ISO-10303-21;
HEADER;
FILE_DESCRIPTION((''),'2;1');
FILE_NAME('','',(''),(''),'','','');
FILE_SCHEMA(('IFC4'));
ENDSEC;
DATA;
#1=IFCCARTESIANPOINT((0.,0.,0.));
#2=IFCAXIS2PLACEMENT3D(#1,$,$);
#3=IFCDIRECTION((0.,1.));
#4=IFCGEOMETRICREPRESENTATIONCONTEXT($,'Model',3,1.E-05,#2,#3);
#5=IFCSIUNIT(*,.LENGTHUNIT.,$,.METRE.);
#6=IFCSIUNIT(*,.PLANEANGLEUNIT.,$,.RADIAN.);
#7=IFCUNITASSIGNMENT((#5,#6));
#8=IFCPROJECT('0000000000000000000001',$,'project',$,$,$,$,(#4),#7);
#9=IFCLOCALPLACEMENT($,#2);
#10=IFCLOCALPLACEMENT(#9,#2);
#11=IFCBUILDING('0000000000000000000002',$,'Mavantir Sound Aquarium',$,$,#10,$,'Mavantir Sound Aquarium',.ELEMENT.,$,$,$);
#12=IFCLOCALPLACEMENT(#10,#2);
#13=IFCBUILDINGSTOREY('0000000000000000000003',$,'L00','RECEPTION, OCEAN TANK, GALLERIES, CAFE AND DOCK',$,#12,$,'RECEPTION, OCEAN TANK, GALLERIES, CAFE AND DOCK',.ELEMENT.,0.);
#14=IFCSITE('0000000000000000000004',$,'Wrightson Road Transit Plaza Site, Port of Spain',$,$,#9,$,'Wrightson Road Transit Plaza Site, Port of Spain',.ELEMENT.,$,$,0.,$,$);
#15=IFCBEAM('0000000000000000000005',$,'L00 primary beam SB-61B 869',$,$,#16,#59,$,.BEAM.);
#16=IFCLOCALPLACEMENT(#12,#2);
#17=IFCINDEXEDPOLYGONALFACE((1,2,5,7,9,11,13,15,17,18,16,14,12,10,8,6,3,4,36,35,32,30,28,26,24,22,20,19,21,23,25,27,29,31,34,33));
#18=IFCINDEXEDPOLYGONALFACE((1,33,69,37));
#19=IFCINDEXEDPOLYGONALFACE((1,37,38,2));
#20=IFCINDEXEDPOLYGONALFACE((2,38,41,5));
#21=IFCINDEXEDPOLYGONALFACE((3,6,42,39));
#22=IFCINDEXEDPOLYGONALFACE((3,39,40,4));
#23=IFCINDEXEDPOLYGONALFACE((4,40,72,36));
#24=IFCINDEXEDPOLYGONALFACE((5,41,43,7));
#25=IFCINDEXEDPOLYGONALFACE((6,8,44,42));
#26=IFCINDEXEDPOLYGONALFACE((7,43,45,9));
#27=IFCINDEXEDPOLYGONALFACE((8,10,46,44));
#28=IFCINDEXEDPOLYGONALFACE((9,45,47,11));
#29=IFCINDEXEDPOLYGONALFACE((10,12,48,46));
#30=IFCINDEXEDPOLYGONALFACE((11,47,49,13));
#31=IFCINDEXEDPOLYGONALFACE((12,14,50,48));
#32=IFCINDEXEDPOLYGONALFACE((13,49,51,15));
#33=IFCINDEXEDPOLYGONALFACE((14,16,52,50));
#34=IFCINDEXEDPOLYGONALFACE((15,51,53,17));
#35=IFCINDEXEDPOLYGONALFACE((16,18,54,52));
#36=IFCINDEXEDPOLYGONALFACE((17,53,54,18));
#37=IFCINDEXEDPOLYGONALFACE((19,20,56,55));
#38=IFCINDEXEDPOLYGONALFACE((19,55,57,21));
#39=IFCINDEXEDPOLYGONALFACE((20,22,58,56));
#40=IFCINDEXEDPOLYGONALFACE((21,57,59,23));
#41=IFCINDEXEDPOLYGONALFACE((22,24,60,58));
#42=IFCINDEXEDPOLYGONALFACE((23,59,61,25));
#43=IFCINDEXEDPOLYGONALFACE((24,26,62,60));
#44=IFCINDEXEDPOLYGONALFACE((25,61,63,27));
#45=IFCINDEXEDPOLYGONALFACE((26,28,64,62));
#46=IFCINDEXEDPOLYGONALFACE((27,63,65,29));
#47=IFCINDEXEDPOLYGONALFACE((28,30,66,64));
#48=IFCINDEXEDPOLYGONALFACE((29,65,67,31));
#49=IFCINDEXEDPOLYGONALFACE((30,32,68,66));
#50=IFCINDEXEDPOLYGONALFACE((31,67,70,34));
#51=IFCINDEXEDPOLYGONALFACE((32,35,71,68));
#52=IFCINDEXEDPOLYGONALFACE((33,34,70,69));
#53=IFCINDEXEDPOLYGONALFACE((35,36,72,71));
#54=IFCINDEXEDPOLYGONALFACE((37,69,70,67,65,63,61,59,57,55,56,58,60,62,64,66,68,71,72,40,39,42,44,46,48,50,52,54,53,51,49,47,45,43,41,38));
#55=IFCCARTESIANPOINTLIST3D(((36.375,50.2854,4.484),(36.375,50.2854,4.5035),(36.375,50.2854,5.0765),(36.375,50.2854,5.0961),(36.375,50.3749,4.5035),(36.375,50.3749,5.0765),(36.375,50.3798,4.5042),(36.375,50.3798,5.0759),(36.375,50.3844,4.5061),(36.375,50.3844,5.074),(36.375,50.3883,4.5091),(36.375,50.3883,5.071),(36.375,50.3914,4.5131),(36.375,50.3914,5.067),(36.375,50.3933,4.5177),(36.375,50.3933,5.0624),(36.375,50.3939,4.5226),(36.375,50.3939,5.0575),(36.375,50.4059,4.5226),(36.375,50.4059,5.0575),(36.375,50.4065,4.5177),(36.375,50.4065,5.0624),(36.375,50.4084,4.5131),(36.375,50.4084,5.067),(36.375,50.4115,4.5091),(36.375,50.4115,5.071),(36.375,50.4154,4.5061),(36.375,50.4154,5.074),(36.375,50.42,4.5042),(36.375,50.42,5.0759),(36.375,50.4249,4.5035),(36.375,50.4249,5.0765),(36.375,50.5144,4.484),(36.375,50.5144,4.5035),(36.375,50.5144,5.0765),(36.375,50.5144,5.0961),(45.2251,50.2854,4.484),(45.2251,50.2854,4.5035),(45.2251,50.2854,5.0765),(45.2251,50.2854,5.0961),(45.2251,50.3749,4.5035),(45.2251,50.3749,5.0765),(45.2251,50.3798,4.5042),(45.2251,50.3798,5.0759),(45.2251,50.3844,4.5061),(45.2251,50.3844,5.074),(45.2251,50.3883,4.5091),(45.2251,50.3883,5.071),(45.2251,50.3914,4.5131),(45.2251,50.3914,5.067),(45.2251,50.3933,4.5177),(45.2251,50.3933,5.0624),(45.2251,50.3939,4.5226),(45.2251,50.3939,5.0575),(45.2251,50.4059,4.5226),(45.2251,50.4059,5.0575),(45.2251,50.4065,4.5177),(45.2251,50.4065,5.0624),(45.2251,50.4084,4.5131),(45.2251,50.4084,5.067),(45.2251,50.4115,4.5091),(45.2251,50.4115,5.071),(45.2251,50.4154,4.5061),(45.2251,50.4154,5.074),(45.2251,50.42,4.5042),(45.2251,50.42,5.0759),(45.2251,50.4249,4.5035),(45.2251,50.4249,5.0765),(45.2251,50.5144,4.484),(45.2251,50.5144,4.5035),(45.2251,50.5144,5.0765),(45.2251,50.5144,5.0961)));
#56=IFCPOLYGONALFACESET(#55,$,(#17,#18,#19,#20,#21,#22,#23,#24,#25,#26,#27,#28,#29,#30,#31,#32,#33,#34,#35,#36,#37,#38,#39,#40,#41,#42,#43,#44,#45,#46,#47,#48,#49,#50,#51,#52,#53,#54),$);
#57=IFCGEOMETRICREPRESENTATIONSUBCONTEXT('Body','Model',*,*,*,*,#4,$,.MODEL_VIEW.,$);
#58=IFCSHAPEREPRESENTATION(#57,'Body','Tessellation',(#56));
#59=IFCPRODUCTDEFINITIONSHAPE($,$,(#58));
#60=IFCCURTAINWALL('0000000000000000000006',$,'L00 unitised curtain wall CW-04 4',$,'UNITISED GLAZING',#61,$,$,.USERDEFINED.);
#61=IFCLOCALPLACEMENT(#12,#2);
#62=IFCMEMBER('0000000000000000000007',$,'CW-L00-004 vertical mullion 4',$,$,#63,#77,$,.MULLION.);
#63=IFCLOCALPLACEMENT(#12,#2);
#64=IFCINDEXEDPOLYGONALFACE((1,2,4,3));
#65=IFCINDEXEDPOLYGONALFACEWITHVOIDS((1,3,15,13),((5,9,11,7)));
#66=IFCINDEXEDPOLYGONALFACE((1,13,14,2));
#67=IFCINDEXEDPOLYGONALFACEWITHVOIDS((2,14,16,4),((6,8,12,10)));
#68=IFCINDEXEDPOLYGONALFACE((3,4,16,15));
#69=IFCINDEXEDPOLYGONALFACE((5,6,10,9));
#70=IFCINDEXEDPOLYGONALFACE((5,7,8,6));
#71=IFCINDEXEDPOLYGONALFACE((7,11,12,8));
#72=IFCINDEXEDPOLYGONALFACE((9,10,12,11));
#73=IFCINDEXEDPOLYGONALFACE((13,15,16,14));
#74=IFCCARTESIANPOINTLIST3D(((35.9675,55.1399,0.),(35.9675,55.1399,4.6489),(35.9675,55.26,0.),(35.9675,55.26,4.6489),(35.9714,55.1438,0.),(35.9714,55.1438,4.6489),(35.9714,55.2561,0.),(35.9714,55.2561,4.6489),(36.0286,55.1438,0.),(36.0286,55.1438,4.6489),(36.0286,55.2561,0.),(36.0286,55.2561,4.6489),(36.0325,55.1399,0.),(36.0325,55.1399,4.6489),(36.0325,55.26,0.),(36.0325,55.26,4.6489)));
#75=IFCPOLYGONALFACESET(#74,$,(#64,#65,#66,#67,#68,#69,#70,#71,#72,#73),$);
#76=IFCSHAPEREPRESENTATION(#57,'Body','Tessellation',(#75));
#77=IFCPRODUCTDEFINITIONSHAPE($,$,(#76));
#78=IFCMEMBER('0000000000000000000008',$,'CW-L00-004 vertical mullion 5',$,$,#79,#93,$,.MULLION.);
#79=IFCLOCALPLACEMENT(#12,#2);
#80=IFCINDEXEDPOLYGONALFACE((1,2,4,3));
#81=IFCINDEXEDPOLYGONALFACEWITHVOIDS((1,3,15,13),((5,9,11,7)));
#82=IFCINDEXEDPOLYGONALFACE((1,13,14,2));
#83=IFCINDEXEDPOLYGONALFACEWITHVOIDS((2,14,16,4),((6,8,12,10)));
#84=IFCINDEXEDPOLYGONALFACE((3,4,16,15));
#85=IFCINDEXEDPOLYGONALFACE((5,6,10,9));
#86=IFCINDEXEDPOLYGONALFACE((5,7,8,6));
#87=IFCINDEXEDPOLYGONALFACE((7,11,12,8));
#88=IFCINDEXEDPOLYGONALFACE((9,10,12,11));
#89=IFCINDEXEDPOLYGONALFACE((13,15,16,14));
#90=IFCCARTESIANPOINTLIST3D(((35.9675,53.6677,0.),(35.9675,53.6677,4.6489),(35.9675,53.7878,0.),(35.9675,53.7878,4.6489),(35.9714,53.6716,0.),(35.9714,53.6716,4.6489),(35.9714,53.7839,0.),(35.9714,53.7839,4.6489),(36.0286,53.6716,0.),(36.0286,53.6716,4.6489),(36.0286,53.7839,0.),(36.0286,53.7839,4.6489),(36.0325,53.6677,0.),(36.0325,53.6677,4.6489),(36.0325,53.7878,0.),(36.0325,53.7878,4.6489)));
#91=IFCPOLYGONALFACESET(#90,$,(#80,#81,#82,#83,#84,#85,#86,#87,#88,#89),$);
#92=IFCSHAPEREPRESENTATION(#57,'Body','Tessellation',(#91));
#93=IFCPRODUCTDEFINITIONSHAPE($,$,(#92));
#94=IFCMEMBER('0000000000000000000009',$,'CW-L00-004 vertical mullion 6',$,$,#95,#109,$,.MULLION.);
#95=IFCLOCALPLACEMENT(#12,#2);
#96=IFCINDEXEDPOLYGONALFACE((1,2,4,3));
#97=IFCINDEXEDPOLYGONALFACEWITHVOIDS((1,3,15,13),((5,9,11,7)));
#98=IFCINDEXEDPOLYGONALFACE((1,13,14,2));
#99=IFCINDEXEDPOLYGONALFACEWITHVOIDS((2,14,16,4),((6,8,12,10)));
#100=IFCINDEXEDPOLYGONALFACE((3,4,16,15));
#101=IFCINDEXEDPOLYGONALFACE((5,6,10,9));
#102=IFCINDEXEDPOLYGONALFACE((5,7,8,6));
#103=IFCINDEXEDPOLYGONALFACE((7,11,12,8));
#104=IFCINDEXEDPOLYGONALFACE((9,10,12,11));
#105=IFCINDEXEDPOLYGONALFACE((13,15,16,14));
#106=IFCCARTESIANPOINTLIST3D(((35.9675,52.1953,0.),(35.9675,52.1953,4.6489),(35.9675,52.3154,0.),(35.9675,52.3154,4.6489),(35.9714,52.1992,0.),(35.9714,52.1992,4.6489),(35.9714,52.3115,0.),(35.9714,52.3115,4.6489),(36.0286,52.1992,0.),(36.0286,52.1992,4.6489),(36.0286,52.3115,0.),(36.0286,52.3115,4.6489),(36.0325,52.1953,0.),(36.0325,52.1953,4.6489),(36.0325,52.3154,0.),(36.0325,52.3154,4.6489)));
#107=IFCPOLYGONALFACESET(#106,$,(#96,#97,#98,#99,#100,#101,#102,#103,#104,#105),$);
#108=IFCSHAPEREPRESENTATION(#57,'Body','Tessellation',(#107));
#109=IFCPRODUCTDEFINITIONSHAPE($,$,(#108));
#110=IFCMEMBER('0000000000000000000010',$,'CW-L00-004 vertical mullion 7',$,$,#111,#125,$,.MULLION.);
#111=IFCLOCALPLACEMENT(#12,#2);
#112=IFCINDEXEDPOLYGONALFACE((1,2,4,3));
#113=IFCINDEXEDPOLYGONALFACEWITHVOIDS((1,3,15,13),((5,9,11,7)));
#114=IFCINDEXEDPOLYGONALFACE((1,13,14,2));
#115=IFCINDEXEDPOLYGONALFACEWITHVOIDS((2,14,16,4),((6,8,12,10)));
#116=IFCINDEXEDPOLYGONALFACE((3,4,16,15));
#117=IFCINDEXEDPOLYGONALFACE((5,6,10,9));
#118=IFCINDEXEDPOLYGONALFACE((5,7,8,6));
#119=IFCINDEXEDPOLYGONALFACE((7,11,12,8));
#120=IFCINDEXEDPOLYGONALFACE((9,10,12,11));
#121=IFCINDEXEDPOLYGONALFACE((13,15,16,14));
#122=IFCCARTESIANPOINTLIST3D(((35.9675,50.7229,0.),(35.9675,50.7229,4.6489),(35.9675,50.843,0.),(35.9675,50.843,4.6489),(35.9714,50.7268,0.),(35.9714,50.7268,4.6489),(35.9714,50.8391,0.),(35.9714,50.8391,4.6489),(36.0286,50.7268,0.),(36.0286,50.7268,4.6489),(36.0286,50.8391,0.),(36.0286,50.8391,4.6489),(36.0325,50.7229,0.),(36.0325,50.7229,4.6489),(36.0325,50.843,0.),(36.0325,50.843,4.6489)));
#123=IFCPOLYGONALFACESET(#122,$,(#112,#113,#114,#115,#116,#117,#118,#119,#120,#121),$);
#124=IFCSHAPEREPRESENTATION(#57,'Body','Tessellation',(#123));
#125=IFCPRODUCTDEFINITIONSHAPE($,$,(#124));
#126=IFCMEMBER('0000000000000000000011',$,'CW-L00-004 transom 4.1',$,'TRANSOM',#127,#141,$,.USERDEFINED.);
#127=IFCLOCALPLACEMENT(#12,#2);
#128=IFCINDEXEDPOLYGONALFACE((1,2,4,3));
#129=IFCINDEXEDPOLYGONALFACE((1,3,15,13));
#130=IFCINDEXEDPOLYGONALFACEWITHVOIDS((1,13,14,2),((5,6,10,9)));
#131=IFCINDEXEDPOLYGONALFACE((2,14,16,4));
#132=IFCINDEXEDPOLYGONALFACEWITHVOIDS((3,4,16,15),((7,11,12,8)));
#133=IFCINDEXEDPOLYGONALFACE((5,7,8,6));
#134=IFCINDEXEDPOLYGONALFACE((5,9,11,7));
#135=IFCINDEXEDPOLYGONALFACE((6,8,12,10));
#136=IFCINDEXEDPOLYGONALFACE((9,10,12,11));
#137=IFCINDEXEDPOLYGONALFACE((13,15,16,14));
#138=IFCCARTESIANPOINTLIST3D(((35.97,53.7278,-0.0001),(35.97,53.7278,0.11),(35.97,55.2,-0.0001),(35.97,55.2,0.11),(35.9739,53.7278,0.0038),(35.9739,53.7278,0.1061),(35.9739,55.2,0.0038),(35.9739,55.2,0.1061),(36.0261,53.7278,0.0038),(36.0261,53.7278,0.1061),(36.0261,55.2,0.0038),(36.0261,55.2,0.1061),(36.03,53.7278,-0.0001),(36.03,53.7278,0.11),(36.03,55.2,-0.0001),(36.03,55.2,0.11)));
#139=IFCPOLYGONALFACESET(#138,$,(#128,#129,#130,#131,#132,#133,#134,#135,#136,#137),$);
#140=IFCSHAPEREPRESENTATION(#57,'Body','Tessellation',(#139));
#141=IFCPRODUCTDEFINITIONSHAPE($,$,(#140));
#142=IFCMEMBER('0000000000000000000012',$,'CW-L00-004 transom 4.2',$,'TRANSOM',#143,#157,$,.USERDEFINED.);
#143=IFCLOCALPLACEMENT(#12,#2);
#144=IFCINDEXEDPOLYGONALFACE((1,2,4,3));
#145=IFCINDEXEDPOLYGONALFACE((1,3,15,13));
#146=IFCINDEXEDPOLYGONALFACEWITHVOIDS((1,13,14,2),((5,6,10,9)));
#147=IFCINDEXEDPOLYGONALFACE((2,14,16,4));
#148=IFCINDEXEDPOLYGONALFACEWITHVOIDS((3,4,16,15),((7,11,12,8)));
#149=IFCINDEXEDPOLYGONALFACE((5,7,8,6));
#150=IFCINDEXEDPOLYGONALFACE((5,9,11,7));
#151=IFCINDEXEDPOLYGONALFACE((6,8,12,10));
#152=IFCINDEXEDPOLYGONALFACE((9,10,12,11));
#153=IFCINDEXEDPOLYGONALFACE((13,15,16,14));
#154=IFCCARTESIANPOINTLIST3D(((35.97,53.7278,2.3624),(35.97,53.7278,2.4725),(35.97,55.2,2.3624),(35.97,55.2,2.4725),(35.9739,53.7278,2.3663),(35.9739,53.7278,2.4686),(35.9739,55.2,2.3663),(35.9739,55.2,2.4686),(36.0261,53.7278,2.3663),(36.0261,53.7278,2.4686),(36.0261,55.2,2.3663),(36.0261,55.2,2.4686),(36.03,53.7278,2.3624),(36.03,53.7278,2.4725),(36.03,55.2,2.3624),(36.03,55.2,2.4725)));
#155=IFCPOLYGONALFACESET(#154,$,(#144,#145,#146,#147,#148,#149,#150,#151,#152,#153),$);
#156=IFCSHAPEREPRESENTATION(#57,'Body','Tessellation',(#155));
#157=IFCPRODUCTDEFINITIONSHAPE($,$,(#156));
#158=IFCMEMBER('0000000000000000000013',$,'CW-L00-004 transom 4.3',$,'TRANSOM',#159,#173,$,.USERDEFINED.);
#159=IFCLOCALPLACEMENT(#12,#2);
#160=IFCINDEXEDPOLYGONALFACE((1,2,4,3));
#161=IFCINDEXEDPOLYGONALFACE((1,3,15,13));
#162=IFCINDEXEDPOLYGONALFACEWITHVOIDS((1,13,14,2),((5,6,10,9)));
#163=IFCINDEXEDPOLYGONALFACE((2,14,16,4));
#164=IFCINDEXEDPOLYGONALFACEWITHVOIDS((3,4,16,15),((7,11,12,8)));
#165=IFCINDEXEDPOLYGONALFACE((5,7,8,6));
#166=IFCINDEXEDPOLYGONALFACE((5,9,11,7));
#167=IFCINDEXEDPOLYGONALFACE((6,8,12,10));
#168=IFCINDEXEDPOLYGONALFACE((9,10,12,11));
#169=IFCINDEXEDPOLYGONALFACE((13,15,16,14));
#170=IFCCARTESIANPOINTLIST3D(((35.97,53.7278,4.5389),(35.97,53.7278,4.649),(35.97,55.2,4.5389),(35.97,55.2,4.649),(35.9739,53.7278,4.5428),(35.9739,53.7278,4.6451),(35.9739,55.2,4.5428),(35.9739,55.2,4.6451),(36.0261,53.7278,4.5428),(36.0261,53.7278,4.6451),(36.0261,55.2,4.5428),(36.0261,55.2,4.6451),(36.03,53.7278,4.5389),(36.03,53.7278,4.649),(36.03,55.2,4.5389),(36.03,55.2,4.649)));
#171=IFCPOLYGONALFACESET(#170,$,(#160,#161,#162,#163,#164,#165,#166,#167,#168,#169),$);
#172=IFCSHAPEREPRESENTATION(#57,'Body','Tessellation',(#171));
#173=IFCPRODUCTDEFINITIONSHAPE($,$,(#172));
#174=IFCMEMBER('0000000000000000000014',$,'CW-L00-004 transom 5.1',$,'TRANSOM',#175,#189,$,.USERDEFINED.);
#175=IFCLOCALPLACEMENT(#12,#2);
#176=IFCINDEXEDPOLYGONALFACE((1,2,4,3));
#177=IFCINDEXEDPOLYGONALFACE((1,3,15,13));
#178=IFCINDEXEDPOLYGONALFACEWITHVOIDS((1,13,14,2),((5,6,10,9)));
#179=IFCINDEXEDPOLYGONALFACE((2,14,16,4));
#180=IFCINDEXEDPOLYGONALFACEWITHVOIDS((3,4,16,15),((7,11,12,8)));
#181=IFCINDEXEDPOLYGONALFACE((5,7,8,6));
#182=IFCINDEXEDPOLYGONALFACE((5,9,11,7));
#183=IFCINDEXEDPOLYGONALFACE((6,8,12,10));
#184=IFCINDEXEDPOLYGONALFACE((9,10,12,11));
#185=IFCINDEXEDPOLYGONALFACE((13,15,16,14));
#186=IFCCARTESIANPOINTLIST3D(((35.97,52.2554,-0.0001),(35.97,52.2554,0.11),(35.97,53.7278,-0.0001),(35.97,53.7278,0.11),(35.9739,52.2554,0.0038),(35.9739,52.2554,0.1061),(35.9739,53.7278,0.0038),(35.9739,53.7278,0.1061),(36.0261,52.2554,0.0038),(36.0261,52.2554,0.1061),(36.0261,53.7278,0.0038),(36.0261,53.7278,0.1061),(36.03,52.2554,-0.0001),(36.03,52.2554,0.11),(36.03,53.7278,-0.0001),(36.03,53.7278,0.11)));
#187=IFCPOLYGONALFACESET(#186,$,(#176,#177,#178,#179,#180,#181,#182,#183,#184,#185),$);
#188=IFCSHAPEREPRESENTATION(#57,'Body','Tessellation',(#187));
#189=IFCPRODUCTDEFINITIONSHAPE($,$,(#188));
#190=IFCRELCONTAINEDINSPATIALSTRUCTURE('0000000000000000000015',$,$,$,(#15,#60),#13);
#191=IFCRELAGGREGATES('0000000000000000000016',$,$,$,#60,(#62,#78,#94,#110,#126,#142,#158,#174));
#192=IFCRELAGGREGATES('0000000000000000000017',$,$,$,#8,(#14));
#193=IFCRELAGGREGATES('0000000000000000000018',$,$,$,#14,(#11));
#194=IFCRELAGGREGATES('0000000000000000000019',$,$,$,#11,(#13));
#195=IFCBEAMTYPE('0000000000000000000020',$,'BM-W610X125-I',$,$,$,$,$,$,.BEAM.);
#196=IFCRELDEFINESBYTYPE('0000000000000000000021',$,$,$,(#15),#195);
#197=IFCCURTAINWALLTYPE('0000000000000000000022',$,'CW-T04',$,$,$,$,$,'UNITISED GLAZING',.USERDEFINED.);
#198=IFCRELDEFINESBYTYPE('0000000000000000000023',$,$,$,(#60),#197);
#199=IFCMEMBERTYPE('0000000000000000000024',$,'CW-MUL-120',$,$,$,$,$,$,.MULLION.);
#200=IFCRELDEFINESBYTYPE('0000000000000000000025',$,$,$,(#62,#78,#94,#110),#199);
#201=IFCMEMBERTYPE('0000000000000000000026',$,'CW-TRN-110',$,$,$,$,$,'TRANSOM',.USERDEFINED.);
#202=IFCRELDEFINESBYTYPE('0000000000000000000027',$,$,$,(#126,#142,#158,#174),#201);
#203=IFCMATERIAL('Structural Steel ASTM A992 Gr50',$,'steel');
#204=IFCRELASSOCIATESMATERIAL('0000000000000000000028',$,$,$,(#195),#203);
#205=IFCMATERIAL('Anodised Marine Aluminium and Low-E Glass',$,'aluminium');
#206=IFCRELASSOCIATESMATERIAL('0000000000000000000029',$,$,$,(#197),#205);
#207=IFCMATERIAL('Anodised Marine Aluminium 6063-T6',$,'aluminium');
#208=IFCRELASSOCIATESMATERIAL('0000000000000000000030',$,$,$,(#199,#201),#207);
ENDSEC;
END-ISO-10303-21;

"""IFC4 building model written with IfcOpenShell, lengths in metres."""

from ifc_helpers import new_model, si_unit, direction, frame, origin, origin_2d, place, context, subcontext, project, spatial, hollow_rectangle, i_section, extrude, material, material_profile, profile_set, type_object, element, aggregate, save


model = new_model("IFC4")

# Units and contexts
model_context = context("Model", 3, precision=1e-05, world=origin(), true_north=direction((0.0, 1.0)))
body_context = subcontext(model_context, "Body", "Model", "MODEL_VIEW")
ifc_project = project(units=[si_unit("LENGTHUNIT", "METRE"), si_unit("PLANEANGLEUNIT", "RADIAN")], contexts=[model_context])

# Site, building, storey
site_placement = place(None, origin())
site = spatial("IfcSite", under=ifc_project, at=site_placement, Name="Wrightson Road Transit Plaza Site, Port of Spain", LongName="Wrightson Road Transit Plaza Site, Port of Spain", CompositionType="ELEMENT", RefElevation=0.0)
building_placement = place(site_placement, origin())
building = spatial("IfcBuilding", under=site, at=building_placement, Name="Mavantir Sound Aquarium", LongName="Mavantir Sound Aquarium", CompositionType="ELEMENT")
storey_placement = place(building_placement, origin())
storey = spatial("IfcBuildingStorey", under=building, at=storey_placement, Name="L00", Description="RECEPTION, OCEAN TANK, GALLERIES, CAFE AND DOCK", LongName="RECEPTION, OCEAN TANK, GALLERIES, CAFE AND DOCK", CompositionType="ELEMENT", Elevation=0.0)

# Beam
ifc_material_1 = material(Name="Structural Steel ASTM A992 Gr50", Category="steel")
ifc_material_profile_1 = material_profile(ifc_material_1, i_section(OverallWidth=0.229, OverallDepth=0.6121, WebThickness=0.012, FlangeThickness=0.0195, FilletRadius=0.019, at=origin_2d()), Name="W610X125")
ifc_profile_set_1 = profile_set([ifc_material_profile_1], Name="Structural Steel ASTM A992 Gr50")
beam_type_1 = type_object("IfcBeamType", Name="BM-W610X125-I", PredefinedType="BEAM", material=ifc_profile_set_1)
beam_1_placement = place(storey_placement, frame((36.375, 50.3999, 4.79), z_axis=(1.0, 0.0, 0.0), x_axis=(0.0, 1.0, 0.0)))
element("IfcBeam", 1, at=beam_1_placement, inside=storey, type_object=beam_type_1, Name="L00 primary beam SB-61B 869", PredefinedType="BEAM", context=body_context, shape_type="SweptSolid", body=[
    extrude(i_section(OverallWidth=0.229, OverallDepth=0.6121, WebThickness=0.012, FlangeThickness=0.0195, FilletRadius=0.019, at=origin_2d()), origin(), (0.0, 0.0, 1.0), 8.8501),
])

# Curtain wall, members
ifc_material_2 = material(Name="Anodised Marine Aluminium and Low-E Glass", Category="aluminium")
curtain_wall_type = type_object("IfcCurtainWallType", Name="CW-T04", ElementType="UNITISED GLAZING", PredefinedType="USERDEFINED", material=ifc_material_2)
curtain_wall_placement = place(storey_placement, origin())
curtain_wall = element("IfcCurtainWall", 2, at=curtain_wall_placement, inside=storey, type_object=curtain_wall_type, Name="L00 unitised curtain wall CW-04 4", ObjectType="UNITISED GLAZING", PredefinedType="USERDEFINED")
ifc_material_3 = material(Name="Anodised Marine Aluminium 6063-T6", Category="aluminium")
ifc_material_profile_2 = material_profile(ifc_material_3, hollow_rectangle(XDim=0.0649, YDim=0.1201, WallThickness=0.0039, at=origin_2d()), Name="ALU-MULLION-120X65")
ifc_profile_set_2 = profile_set([ifc_material_profile_2], Name="Anodised Marine Aluminium 6063-T6")
member_type_1 = type_object("IfcMemberType", Name="CW-MUL-120", PredefinedType="MULLION", material=ifc_profile_set_2)
member_1_placement = place(storey_placement, frame((36.0, 55.2, 0.0), z_axis=(0.0, 0.0, 1.0), x_axis=(1.0, 0.0, 0.0)))
member_1 = element("IfcMember", 3, at=member_1_placement, type_object=member_type_1, Name="CW-L00-004 vertical mullion 4", PredefinedType="MULLION", context=body_context, shape_type="SweptSolid", body=[
    extrude(hollow_rectangle(XDim=0.0649, YDim=0.1201, WallThickness=0.0039, at=origin_2d()), origin(), (0.0, 0.0, 1.0), 4.6489),
])
member_2_placement = place(storey_placement, frame((36.0, 53.7278, 0.0), z_axis=(0.0, 0.0, 1.0), x_axis=(1.0, 0.0, 0.0)))
member_2 = element("IfcMember", 4, at=member_2_placement, type_object=member_type_1, Name="CW-L00-004 vertical mullion 5", PredefinedType="MULLION", context=body_context, shape_type="SweptSolid", body=[
    extrude(hollow_rectangle(XDim=0.0649, YDim=0.1201, WallThickness=0.0039, at=origin_2d()), origin(), (0.0, 0.0, 1.0), 4.6489),
])
member_3_placement = place(storey_placement, frame((36.0, 52.2554, 0.0), z_axis=(0.0, 0.0, 1.0), x_axis=(1.0, 0.0, 0.0)))
member_3 = element("IfcMember", 5, at=member_3_placement, type_object=member_type_1, Name="CW-L00-004 vertical mullion 6", PredefinedType="MULLION", context=body_context, shape_type="SweptSolid", body=[
    extrude(hollow_rectangle(XDim=0.0649, YDim=0.1201, WallThickness=0.0039, at=origin_2d()), origin(), (0.0, 0.0, 1.0), 4.6489),
])
member_4_placement = place(storey_placement, frame((36.0, 50.783, 0.0), z_axis=(0.0, 0.0, 1.0), x_axis=(1.0, 0.0, 0.0)))
member_4 = element("IfcMember", 6, at=member_4_placement, type_object=member_type_1, Name="CW-L00-004 vertical mullion 7", PredefinedType="MULLION", context=body_context, shape_type="SweptSolid", body=[
    extrude(hollow_rectangle(XDim=0.0649, YDim=0.1201, WallThickness=0.0039, at=origin_2d()), origin(), (0.0, 0.0, 1.0), 4.6489),
])
ifc_material_profile_3 = material_profile(ifc_material_3, hollow_rectangle(XDim=0.0601, YDim=0.1101, WallThickness=0.0039, at=origin_2d()), Name="ALU-TRANSOM-110X60")
ifc_profile_set_3 = profile_set([ifc_material_profile_3], Name="Anodised Marine Aluminium 6063-T6")
member_type_2 = type_object("IfcMemberType", Name="CW-TRN-110", ElementType="TRANSOM", PredefinedType="USERDEFINED", material=ifc_profile_set_3)
member_5_placement = place(storey_placement, frame((36.0, 55.2, 0.0549), z_axis=(0.0, -1.0, 0.0), x_axis=(1.0, 0.0, 0.0)))
member_5 = element("IfcMember", 7, at=member_5_placement, type_object=member_type_2, Name="CW-L00-004 transom 4.1", ObjectType="TRANSOM", PredefinedType="USERDEFINED", context=body_context, shape_type="SweptSolid", body=[
    extrude(hollow_rectangle(XDim=0.0601, YDim=0.1101, WallThickness=0.0039, at=origin_2d()), origin(), (0.0, 0.0, 1.0), 1.4722),
])
member_6_placement = place(storey_placement, frame((36.0, 55.2, 2.4175), z_axis=(0.0, -1.0, 0.0), x_axis=(1.0, 0.0, 0.0)))
member_6 = element("IfcMember", 8, at=member_6_placement, type_object=member_type_2, Name="CW-L00-004 transom 4.2", ObjectType="TRANSOM", PredefinedType="USERDEFINED", context=body_context, shape_type="SweptSolid", body=[
    extrude(hollow_rectangle(XDim=0.0601, YDim=0.1101, WallThickness=0.0039, at=origin_2d()), origin(), (0.0, 0.0, 1.0), 1.4722),
])
member_7_placement = place(storey_placement, frame((36.0, 55.2, 4.594), z_axis=(0.0, -1.0, 0.0), x_axis=(1.0, 0.0, 0.0)))
member_7 = element("IfcMember", 9, at=member_7_placement, type_object=member_type_2, Name="CW-L00-004 transom 4.3", ObjectType="TRANSOM", PredefinedType="USERDEFINED", context=body_context, shape_type="SweptSolid", body=[
    extrude(hollow_rectangle(XDim=0.0601, YDim=0.1101, WallThickness=0.0039, at=origin_2d()), origin(), (0.0, 0.0, 1.0), 1.4722),
])
member_8_placement = place(storey_placement, frame((36.0, 53.7278, 0.0549), z_axis=(0.0, -1.0, 0.0), x_axis=(1.0, 0.0, 0.0)))
member_8 = element("IfcMember", 10, at=member_8_placement, type_object=member_type_2, Name="CW-L00-004 transom 5.1", ObjectType="TRANSOM", PredefinedType="USERDEFINED", context=body_context, shape_type="SweptSolid", body=[
    extrude(hollow_rectangle(XDim=0.0601, YDim=0.1101, WallThickness=0.0039, at=origin_2d()), origin(), (0.0, 0.0, 1.0), 1.4724),
])
aggregate(curtain_wall, [member_1, member_2, member_3, member_4, member_5, member_6, member_7, member_8])

save(model, "model.ifc")
